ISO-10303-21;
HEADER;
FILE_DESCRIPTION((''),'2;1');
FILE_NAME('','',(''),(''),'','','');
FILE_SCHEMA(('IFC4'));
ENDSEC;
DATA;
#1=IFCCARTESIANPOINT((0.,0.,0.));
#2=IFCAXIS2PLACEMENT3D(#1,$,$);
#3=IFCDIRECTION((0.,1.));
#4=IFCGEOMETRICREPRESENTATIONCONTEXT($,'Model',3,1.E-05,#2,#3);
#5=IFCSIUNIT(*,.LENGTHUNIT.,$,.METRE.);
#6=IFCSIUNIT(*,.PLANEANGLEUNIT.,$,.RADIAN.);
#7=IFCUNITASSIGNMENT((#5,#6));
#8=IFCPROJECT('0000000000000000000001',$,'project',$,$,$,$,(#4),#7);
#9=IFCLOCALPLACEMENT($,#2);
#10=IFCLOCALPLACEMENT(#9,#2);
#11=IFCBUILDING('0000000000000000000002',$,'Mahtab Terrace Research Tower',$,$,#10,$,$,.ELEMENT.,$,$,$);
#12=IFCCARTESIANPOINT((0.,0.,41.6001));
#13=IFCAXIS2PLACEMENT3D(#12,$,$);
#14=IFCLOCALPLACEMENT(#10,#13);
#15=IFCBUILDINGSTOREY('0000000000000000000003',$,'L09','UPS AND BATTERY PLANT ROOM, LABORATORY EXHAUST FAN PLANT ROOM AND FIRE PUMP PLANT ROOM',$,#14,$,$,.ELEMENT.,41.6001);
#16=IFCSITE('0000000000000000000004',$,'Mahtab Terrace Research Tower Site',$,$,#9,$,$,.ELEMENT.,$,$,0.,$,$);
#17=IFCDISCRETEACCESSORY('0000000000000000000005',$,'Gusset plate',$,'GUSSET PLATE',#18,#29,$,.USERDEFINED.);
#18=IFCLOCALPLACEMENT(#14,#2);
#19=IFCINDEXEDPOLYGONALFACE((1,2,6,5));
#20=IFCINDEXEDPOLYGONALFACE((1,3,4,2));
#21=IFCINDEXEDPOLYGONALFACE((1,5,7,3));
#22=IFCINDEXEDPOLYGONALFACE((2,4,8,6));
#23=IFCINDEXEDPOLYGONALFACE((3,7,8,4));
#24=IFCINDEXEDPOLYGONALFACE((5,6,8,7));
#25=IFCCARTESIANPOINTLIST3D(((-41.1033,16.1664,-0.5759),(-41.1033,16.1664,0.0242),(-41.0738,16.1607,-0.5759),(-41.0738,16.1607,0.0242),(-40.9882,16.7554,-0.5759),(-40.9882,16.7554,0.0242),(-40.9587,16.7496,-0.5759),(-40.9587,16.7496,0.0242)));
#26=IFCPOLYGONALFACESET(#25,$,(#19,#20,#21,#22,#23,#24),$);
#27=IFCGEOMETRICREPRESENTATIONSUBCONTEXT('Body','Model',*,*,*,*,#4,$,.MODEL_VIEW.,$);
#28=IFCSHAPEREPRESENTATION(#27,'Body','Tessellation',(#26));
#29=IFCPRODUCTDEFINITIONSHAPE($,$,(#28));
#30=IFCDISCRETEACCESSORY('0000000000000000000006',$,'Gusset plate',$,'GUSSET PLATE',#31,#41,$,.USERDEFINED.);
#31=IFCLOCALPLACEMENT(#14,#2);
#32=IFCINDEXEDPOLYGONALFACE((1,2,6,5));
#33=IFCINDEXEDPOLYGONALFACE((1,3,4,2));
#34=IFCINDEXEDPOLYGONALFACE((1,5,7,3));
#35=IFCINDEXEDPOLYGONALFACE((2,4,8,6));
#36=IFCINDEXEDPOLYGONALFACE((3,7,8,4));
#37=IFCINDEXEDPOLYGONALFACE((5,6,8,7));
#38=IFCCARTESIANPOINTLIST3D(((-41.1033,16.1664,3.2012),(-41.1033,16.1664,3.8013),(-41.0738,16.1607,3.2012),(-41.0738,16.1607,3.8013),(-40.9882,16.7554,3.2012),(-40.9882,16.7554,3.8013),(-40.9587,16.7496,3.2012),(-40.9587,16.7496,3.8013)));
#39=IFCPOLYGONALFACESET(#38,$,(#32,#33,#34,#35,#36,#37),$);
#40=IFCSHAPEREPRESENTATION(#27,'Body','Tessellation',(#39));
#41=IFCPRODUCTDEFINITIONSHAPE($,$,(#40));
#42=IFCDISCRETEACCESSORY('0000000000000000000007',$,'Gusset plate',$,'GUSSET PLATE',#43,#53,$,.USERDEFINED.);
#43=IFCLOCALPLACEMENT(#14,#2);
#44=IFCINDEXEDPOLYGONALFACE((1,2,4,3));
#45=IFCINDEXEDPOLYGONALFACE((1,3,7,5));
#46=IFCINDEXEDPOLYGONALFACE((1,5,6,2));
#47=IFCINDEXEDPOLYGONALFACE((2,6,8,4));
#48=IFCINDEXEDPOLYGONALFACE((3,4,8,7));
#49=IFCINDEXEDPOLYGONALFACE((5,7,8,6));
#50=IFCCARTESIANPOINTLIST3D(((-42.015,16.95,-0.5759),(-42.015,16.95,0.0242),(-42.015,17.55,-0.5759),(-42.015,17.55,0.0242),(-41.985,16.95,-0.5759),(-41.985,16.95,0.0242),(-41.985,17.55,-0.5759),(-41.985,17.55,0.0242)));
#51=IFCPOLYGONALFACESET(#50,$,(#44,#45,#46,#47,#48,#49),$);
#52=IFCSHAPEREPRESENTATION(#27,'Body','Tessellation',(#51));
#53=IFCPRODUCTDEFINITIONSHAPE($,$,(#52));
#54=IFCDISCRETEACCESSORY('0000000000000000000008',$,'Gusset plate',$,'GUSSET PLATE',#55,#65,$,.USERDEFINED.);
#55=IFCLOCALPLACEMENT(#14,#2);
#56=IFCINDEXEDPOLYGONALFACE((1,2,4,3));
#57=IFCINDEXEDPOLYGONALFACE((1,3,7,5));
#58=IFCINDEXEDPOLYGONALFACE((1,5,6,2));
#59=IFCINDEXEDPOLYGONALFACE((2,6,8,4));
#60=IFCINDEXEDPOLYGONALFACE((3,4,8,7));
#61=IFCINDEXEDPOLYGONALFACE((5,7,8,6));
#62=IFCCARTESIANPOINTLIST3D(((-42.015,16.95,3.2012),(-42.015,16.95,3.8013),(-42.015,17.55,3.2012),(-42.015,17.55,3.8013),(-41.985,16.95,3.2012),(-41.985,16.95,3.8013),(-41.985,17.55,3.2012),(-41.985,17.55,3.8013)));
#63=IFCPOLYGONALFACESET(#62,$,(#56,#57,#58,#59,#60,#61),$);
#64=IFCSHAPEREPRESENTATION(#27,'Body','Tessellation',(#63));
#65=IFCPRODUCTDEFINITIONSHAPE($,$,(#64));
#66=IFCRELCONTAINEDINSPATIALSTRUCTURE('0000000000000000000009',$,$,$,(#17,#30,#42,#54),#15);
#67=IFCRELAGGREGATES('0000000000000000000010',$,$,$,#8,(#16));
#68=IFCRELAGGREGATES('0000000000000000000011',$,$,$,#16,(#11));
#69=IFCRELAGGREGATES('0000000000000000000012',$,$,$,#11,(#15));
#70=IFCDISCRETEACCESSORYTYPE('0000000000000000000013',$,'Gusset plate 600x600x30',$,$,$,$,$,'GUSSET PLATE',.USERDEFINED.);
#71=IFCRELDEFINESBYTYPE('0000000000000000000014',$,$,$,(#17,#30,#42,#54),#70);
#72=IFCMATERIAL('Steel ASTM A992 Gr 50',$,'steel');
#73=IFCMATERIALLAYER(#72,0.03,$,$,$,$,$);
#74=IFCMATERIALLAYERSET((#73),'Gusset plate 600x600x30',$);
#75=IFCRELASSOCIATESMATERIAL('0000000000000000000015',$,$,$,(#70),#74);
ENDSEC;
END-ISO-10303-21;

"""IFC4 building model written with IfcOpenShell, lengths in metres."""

from ifc_helpers import new_model, si_unit, direction, frame, origin, origin_2d, place, context, subcontext, project, spatial, rectangle, extrude, material, layer, layer_set, type_object, element, save


model = new_model("IFC4")

# Units and contexts
model_context = context("Model", 3, precision=1e-05, world=origin(), true_north=direction((0.0, 1.0)))
body_context = subcontext(model_context, "Body", "Model", "MODEL_VIEW")
ifc_project = project(units=[si_unit("LENGTHUNIT", "METRE"), si_unit("PLANEANGLEUNIT", "RADIAN")], contexts=[model_context])

# Site, building, storey
site_placement = place(None, origin())
site = spatial("IfcSite", under=ifc_project, at=site_placement, Name="Mahtab Terrace Research Tower Site", CompositionType="ELEMENT", RefElevation=0.0)
building_placement = place(site_placement, origin())
building = spatial("IfcBuilding", under=site, at=building_placement, Name="Mahtab Terrace Research Tower", CompositionType="ELEMENT")
storey_placement = place(building_placement, frame((0.0, 0.0, 41.6001)))
storey = spatial("IfcBuildingStorey", under=building, at=storey_placement, Name="L09", Description="UPS AND BATTERY PLANT ROOM, LABORATORY EXHAUST FAN PLANT ROOM AND FIRE PUMP PLANT ROOM", CompositionType="ELEMENT", Elevation=41.6001)

# Shared definitions
ifc_material_1 = material(Name="Steel ASTM A992 Gr 50", Category="steel")

# Discrete accessories
ifc_layer_1 = layer(ifc_material_1, 0.03)
ifc_layer_set_1 = layer_set([ifc_layer_1], Name="Gusset plate 600x600x30")
discrete_accessory_type = type_object("IfcDiscreteAccessoryType", Name="Gusset plate 600x600x30", ElementType="GUSSET PLATE", PredefinedType="USERDEFINED", material=ifc_layer_set_1)
for number, where, z_axis, x_axis, name in (
    (1, (-41.031, 16.458, -0.5759), (0.0, 0.0, 1.0), (0.19182, 0.98143, 0.0), "Gusset plate"),
    (2, (-41.031, 16.458, 3.2012), (0.0, 0.0, 1.0), (0.19182, 0.98143, 0.0), "Gusset plate"),
    (3, (-42.0, 17.25, -0.5759), (0.0, 0.0, 1.0), (0.0, 1.0, 0.0), "Gusset plate"),
    (4, (-42.0, 17.25, 3.2012), (0.0, 0.0, 1.0), (0.0, 1.0, 0.0), "Gusset plate"),
):
    element("IfcDiscreteAccessory", number, at=place(storey_placement, frame(where, z_axis=z_axis, x_axis=x_axis)), inside=storey, type_object=discrete_accessory_type, Name=name, ObjectType="GUSSET PLATE", PredefinedType="USERDEFINED", context=body_context, shape_type="SweptSolid", body=[
        extrude(rectangle(XDim=0.6001, YDim=0.03, at=origin_2d()), origin(), (0.0, 0.0, 1.0), 0.6001),
    ])

save(model, "model.ifc")
